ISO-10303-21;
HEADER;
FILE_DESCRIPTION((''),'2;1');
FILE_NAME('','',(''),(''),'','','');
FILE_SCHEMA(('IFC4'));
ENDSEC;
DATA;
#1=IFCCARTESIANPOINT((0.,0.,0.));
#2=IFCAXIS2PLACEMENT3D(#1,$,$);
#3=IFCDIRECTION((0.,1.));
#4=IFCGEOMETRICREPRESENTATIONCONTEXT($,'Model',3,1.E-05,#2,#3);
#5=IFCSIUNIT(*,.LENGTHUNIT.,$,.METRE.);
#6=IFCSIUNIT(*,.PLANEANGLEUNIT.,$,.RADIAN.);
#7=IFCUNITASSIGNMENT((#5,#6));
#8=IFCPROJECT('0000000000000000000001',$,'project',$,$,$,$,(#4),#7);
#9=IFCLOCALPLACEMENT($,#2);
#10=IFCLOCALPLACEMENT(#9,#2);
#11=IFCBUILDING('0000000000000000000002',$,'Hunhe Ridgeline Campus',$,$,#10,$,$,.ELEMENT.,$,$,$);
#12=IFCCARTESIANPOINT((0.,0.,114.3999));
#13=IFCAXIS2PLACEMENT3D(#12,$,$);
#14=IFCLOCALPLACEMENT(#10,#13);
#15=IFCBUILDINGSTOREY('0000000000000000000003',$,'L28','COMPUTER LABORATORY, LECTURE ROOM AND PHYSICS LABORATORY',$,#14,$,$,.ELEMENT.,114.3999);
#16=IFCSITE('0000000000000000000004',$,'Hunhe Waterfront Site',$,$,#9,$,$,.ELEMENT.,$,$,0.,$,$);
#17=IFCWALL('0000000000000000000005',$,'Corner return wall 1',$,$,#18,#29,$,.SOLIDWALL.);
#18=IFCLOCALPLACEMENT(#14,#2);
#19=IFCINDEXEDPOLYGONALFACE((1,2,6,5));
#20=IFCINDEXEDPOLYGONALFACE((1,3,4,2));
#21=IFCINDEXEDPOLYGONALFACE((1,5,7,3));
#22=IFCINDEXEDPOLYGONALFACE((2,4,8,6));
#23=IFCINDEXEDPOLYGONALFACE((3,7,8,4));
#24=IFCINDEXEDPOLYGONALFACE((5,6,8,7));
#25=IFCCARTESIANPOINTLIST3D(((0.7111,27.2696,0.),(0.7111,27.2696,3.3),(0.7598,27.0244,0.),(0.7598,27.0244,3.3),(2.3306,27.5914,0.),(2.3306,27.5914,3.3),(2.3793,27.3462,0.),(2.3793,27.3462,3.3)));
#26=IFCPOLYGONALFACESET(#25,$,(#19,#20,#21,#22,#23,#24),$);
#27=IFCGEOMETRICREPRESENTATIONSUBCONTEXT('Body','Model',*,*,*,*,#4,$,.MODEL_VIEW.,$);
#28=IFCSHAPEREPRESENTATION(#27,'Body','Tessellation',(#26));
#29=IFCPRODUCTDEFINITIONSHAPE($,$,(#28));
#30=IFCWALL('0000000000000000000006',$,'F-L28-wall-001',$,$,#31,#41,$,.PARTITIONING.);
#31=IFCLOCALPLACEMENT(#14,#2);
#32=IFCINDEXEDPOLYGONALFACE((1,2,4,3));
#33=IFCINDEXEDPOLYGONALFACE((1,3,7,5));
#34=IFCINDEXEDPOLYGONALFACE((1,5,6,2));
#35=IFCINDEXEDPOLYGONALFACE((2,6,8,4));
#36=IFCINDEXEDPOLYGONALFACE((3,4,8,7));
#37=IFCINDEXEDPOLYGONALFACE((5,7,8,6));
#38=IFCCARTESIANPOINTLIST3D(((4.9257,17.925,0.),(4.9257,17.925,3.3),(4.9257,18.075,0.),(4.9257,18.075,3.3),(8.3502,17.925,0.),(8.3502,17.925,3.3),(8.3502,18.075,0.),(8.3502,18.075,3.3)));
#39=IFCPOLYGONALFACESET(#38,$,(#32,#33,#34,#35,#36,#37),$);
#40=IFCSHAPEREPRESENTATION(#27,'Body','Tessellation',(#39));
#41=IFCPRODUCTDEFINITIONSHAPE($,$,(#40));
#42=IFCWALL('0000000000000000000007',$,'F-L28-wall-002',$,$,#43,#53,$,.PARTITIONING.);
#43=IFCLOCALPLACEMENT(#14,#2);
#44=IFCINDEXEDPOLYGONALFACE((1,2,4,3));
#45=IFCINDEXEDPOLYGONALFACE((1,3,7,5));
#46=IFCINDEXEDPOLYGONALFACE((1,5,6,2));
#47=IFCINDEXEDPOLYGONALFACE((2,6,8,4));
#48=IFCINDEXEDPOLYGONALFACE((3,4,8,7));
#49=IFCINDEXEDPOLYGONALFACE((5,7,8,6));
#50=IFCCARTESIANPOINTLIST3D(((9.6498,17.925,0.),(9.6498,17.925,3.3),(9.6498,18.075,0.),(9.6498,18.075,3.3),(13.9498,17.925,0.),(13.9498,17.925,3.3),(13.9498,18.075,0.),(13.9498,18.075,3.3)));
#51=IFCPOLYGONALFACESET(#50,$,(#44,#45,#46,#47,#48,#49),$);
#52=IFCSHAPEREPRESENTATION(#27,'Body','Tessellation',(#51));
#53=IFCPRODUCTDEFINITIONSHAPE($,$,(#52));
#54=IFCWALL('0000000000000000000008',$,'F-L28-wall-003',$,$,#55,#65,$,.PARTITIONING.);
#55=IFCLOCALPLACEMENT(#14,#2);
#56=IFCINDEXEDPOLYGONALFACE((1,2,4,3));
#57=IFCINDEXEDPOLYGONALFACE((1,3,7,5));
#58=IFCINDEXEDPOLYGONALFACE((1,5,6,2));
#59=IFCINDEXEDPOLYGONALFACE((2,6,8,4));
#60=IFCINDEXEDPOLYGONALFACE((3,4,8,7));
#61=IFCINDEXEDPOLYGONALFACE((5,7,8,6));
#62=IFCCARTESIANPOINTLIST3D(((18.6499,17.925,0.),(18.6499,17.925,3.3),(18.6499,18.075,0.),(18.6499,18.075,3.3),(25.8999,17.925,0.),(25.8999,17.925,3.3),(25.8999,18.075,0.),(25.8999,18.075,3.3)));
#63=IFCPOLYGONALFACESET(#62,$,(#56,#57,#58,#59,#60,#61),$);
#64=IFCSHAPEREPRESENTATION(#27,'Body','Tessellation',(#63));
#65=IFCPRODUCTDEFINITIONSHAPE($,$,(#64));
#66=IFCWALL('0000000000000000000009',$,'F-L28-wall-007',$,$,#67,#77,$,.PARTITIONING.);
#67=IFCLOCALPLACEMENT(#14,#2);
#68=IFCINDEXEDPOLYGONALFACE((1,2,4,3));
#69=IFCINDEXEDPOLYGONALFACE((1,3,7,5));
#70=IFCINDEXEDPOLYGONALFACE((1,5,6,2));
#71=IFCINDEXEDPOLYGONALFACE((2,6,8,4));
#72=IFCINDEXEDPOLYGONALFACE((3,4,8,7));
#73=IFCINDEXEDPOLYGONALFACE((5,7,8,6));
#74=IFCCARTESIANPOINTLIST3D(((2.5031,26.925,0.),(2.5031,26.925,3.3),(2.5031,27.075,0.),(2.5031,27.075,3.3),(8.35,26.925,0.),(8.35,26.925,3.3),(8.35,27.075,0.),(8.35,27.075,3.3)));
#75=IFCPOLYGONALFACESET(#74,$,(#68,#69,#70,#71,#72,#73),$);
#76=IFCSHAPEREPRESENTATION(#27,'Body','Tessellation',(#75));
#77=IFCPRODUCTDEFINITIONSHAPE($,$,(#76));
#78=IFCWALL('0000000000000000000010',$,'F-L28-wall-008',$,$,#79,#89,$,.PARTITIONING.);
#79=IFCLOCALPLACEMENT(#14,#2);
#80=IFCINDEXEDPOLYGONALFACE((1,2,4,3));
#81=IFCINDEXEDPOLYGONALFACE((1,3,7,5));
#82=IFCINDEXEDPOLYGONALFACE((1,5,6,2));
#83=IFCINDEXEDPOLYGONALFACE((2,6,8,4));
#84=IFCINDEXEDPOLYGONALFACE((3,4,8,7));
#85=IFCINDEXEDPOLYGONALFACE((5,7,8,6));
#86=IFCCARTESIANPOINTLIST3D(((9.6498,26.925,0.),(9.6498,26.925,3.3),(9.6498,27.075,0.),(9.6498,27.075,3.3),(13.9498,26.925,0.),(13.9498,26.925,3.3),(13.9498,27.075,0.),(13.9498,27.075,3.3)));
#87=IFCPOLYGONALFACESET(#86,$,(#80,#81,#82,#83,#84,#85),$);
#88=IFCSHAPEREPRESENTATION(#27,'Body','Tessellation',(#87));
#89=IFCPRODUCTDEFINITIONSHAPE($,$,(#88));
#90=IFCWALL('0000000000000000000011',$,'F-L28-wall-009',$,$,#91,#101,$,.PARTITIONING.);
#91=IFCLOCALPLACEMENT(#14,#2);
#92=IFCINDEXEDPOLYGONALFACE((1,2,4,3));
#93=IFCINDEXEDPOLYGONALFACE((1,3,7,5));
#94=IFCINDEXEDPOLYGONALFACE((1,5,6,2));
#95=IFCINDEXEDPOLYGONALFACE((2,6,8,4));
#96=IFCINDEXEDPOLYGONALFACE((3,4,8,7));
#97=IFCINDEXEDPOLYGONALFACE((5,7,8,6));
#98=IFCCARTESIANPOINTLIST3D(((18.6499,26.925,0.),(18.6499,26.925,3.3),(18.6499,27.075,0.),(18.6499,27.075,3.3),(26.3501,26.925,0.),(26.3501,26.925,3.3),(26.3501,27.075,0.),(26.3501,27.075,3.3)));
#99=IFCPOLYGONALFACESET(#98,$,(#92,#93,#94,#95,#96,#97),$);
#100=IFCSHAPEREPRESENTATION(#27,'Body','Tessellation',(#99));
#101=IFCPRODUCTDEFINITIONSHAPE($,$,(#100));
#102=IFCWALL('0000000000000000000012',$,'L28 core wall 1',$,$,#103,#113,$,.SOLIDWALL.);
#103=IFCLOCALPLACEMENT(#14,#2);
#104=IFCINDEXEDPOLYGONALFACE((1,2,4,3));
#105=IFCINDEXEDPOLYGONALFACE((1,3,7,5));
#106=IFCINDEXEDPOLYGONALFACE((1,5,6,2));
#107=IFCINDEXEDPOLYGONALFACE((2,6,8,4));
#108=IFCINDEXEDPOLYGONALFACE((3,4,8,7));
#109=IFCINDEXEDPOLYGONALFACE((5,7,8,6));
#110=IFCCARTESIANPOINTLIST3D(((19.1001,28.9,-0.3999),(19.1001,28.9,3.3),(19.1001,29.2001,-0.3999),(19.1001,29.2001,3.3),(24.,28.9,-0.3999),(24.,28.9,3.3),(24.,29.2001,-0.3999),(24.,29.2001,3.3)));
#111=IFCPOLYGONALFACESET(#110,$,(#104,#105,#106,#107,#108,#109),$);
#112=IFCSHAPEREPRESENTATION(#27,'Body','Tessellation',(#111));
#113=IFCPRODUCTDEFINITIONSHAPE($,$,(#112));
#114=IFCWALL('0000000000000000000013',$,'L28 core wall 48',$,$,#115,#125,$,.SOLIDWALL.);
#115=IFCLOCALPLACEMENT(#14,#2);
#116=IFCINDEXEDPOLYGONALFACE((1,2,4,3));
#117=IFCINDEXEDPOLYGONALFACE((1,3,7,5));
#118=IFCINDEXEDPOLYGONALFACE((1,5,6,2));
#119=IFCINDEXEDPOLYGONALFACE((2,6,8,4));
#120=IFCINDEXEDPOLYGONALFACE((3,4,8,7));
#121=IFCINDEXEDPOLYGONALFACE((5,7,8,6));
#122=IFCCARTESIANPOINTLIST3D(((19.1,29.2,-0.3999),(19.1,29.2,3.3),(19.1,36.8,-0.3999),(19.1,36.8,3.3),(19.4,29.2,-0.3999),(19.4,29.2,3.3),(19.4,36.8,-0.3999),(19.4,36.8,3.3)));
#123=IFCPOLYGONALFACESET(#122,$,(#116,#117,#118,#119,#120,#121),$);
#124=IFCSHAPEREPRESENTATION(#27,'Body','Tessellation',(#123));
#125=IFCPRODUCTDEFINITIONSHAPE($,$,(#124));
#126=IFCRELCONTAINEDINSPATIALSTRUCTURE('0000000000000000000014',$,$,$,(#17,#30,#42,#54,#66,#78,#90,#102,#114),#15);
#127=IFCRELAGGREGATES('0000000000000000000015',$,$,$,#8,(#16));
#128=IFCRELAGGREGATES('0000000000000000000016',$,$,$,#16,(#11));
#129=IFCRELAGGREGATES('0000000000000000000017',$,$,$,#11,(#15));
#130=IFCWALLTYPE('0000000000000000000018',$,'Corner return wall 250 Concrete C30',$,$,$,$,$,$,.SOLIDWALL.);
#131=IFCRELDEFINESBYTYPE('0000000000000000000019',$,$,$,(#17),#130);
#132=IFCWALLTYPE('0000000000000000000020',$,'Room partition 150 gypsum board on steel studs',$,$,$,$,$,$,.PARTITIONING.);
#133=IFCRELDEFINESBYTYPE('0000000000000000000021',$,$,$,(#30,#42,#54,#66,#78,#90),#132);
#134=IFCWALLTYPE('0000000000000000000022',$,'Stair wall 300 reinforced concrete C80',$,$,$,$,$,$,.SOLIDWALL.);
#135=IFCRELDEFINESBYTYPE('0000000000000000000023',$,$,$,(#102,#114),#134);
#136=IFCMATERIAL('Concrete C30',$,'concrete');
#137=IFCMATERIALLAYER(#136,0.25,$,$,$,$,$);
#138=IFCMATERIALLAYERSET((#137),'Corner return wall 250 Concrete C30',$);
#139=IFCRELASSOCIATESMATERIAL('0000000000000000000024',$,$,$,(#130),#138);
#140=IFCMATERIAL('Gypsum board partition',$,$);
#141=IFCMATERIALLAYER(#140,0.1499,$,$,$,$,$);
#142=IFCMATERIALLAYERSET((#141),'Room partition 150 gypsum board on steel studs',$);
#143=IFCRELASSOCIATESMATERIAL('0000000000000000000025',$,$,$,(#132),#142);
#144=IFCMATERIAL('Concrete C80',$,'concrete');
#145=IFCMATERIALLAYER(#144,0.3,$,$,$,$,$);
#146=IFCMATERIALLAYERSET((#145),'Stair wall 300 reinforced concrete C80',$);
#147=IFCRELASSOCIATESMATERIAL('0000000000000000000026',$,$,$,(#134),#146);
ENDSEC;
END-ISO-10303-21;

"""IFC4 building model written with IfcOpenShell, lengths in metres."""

from ifc_helpers import new_model, si_unit, direction, frame, frame_2d, origin, place, context, subcontext, project, spatial, rectangle, extrude, material, layer, layer_set, type_object, element, save


model = new_model("IFC4")

# Units and contexts
model_context = context("Model", 3, precision=1e-05, world=origin(), true_north=direction((0.0, 1.0)))
body_context = subcontext(model_context, "Body", "Model", "MODEL_VIEW")
ifc_project = project(units=[si_unit("LENGTHUNIT", "METRE"), si_unit("PLANEANGLEUNIT", "RADIAN")], contexts=[model_context])

# Site, building, storey
site_placement = place(None, origin())
site = spatial("IfcSite", under=ifc_project, at=site_placement, Name="Hunhe Waterfront Site", CompositionType="ELEMENT", RefElevation=0.0)
building_placement = place(site_placement, origin())
building = spatial("IfcBuilding", under=site, at=building_placement, Name="Hunhe Ridgeline Campus", CompositionType="ELEMENT")
storey_placement = place(building_placement, frame((0.0, 0.0, 114.3999)))
storey = spatial("IfcBuildingStorey", under=building, at=storey_placement, Name="L28", Description="COMPUTER LABORATORY, LECTURE ROOM AND PHYSICS LABORATORY", CompositionType="ELEMENT", Elevation=114.3999)

# Walls
ifc_material_1 = material(Name="Concrete C30", Category="concrete")
ifc_layer_1 = layer(ifc_material_1, 0.25)
ifc_layer_set_1 = layer_set([ifc_layer_1], Name="Corner return wall 250 Concrete C30")
wall_type_1 = type_object("IfcWallType", Name="Corner return wall 250 Concrete C30", PredefinedType="SOLIDWALL", material=ifc_layer_set_1)
wall_1_placement = place(storey_placement, frame((0.7354, 27.147, 0.0), z_axis=(0.0, 0.0, 1.0), x_axis=(0.980824, 0.194893, 0.0)))
element("IfcWall", 1, at=wall_1_placement, inside=storey, type_object=wall_type_1, Name="Corner return wall 1", PredefinedType="SOLIDWALL", context=body_context, shape_type="SweptSolid", body=[
    extrude(rectangle(XDim=1.6511, YDim=0.25, at=frame_2d((0.8257, 0.0))), origin(), (0.0, 0.0, 1.0), 3.3),
])
ifc_material_2 = material(Name="Gypsum board partition")
ifc_layer_2 = layer(ifc_material_2, 0.1499)
ifc_layer_set_2 = layer_set([ifc_layer_2], Name="Room partition 150 gypsum board on steel studs")
wall_type_2 = type_object("IfcWallType", Name="Room partition 150 gypsum board on steel studs", PredefinedType="PARTITIONING", material=ifc_layer_set_2)
wall_2_placement = place(storey_placement, frame((4.9255, 18.0, 0.0), z_axis=(0.0, 0.0, 1.0), x_axis=(1.0, 0.0, 0.0)))
element("IfcWall", 2, at=wall_2_placement, inside=storey, type_object=wall_type_2, Name="F-L28-wall-001", PredefinedType="PARTITIONING", context=body_context, shape_type="SweptSolid", body=[
    extrude(rectangle(XDim=3.4246, YDim=0.1499, at=frame_2d((1.7124, 0.0))), origin(), (0.0, 0.0, 1.0), 3.3),
])
wall_3_placement = place(storey_placement, frame((9.6499, 18.0, 0.0), z_axis=(0.0, 0.0, 1.0), x_axis=(1.0, 0.0, 0.0)))
element("IfcWall", 3, at=wall_3_placement, inside=storey, type_object=wall_type_2, Name="F-L28-wall-002", PredefinedType="PARTITIONING", context=body_context, shape_type="SweptSolid", body=[
    extrude(rectangle(XDim=4.3, YDim=0.1499, at=frame_2d((2.1499, 0.0))), origin(), (0.0, 0.0, 1.0), 3.3),
])
wall_4_placement = place(storey_placement, frame((18.6499, 18.0, 0.0), z_axis=(0.0, 0.0, 1.0), x_axis=(1.0, 0.0, 0.0)))
element("IfcWall", 4, at=wall_4_placement, inside=storey, type_object=wall_type_2, Name="F-L28-wall-003", PredefinedType="PARTITIONING", context=body_context, shape_type="SweptSolid", body=[
    extrude(rectangle(XDim=7.25, YDim=0.1499, at=frame_2d((3.625, 0.0))), origin(), (0.0, 0.0, 1.0), 3.3),
])
wall_5_placement = place(storey_placement, frame((2.5032, 27.0, 0.0), z_axis=(0.0, 0.0, 1.0), x_axis=(1.0, 0.0, 0.0)))
element("IfcWall", 5, at=wall_5_placement, inside=storey, type_object=wall_type_2, Name="F-L28-wall-007", PredefinedType="PARTITIONING", context=body_context, shape_type="SweptSolid", body=[
    extrude(rectangle(XDim=5.8469, YDim=0.1499, at=frame_2d((2.9233, 0.0))), origin(), (0.0, 0.0, 1.0), 3.3),
])
wall_6_placement = place(storey_placement, frame((9.6499, 27.0, 0.0), z_axis=(0.0, 0.0, 1.0), x_axis=(1.0, 0.0, 0.0)))
element("IfcWall", 6, at=wall_6_placement, inside=storey, type_object=wall_type_2, Name="F-L28-wall-008", PredefinedType="PARTITIONING", context=body_context, shape_type="SweptSolid", body=[
    extrude(rectangle(XDim=4.3, YDim=0.1499, at=frame_2d((2.1499, 0.0))), origin(), (0.0, 0.0, 1.0), 3.3),
])
wall_7_placement = place(storey_placement, frame((18.6499, 27.0, 0.0), z_axis=(0.0, 0.0, 1.0), x_axis=(1.0, 0.0, 0.0)))
element("IfcWall", 7, at=wall_7_placement, inside=storey, type_object=wall_type_2, Name="F-L28-wall-009", PredefinedType="PARTITIONING", context=body_context, shape_type="SweptSolid", body=[
    extrude(rectangle(XDim=7.7002, YDim=0.1499, at=frame_2d((3.8501, 0.0))), origin(), (0.0, 0.0, 1.0), 3.3),
])
ifc_material_3 = material(Name="Concrete C80", Category="concrete")
ifc_layer_3 = layer(ifc_material_3, 0.3)
ifc_layer_set_3 = layer_set([ifc_layer_3], Name="Stair wall 300 reinforced concrete C80")
wall_type_3 = type_object("IfcWallType", Name="Stair wall 300 reinforced concrete C80", PredefinedType="SOLIDWALL", material=ifc_layer_set_3)
wall_8_placement = place(storey_placement, frame((19.1001, 29.05, -0.3999), z_axis=(0.0, 0.0, 1.0), x_axis=(1.0, 0.0, 0.0)))
element("IfcWall", 8, at=wall_8_placement, inside=storey, type_object=wall_type_3, Name="L28 core wall 1", PredefinedType="SOLIDWALL", context=body_context, shape_type="SweptSolid", body=[
    extrude(rectangle(XDim=4.8999, YDim=0.3, at=frame_2d((2.45, 0.0))), origin(), (0.0, 0.0, 1.0), 3.7),
])
wall_9_placement = place(storey_placement, frame((19.25, 29.2, -0.3999), z_axis=(0.0, 0.0, 1.0), x_axis=(0.0, 1.0, 0.0)))
element("IfcWall", 9, at=wall_9_placement, inside=storey, type_object=wall_type_3, Name="L28 core wall 48", PredefinedType="SOLIDWALL", context=body_context, shape_type="SweptSolid", body=[
    extrude(rectangle(XDim=7.6001, YDim=0.3, at=frame_2d((3.8, 0.0))), origin(), (0.0, 0.0, 1.0), 3.7),
])

save(model, "model.ifc")
